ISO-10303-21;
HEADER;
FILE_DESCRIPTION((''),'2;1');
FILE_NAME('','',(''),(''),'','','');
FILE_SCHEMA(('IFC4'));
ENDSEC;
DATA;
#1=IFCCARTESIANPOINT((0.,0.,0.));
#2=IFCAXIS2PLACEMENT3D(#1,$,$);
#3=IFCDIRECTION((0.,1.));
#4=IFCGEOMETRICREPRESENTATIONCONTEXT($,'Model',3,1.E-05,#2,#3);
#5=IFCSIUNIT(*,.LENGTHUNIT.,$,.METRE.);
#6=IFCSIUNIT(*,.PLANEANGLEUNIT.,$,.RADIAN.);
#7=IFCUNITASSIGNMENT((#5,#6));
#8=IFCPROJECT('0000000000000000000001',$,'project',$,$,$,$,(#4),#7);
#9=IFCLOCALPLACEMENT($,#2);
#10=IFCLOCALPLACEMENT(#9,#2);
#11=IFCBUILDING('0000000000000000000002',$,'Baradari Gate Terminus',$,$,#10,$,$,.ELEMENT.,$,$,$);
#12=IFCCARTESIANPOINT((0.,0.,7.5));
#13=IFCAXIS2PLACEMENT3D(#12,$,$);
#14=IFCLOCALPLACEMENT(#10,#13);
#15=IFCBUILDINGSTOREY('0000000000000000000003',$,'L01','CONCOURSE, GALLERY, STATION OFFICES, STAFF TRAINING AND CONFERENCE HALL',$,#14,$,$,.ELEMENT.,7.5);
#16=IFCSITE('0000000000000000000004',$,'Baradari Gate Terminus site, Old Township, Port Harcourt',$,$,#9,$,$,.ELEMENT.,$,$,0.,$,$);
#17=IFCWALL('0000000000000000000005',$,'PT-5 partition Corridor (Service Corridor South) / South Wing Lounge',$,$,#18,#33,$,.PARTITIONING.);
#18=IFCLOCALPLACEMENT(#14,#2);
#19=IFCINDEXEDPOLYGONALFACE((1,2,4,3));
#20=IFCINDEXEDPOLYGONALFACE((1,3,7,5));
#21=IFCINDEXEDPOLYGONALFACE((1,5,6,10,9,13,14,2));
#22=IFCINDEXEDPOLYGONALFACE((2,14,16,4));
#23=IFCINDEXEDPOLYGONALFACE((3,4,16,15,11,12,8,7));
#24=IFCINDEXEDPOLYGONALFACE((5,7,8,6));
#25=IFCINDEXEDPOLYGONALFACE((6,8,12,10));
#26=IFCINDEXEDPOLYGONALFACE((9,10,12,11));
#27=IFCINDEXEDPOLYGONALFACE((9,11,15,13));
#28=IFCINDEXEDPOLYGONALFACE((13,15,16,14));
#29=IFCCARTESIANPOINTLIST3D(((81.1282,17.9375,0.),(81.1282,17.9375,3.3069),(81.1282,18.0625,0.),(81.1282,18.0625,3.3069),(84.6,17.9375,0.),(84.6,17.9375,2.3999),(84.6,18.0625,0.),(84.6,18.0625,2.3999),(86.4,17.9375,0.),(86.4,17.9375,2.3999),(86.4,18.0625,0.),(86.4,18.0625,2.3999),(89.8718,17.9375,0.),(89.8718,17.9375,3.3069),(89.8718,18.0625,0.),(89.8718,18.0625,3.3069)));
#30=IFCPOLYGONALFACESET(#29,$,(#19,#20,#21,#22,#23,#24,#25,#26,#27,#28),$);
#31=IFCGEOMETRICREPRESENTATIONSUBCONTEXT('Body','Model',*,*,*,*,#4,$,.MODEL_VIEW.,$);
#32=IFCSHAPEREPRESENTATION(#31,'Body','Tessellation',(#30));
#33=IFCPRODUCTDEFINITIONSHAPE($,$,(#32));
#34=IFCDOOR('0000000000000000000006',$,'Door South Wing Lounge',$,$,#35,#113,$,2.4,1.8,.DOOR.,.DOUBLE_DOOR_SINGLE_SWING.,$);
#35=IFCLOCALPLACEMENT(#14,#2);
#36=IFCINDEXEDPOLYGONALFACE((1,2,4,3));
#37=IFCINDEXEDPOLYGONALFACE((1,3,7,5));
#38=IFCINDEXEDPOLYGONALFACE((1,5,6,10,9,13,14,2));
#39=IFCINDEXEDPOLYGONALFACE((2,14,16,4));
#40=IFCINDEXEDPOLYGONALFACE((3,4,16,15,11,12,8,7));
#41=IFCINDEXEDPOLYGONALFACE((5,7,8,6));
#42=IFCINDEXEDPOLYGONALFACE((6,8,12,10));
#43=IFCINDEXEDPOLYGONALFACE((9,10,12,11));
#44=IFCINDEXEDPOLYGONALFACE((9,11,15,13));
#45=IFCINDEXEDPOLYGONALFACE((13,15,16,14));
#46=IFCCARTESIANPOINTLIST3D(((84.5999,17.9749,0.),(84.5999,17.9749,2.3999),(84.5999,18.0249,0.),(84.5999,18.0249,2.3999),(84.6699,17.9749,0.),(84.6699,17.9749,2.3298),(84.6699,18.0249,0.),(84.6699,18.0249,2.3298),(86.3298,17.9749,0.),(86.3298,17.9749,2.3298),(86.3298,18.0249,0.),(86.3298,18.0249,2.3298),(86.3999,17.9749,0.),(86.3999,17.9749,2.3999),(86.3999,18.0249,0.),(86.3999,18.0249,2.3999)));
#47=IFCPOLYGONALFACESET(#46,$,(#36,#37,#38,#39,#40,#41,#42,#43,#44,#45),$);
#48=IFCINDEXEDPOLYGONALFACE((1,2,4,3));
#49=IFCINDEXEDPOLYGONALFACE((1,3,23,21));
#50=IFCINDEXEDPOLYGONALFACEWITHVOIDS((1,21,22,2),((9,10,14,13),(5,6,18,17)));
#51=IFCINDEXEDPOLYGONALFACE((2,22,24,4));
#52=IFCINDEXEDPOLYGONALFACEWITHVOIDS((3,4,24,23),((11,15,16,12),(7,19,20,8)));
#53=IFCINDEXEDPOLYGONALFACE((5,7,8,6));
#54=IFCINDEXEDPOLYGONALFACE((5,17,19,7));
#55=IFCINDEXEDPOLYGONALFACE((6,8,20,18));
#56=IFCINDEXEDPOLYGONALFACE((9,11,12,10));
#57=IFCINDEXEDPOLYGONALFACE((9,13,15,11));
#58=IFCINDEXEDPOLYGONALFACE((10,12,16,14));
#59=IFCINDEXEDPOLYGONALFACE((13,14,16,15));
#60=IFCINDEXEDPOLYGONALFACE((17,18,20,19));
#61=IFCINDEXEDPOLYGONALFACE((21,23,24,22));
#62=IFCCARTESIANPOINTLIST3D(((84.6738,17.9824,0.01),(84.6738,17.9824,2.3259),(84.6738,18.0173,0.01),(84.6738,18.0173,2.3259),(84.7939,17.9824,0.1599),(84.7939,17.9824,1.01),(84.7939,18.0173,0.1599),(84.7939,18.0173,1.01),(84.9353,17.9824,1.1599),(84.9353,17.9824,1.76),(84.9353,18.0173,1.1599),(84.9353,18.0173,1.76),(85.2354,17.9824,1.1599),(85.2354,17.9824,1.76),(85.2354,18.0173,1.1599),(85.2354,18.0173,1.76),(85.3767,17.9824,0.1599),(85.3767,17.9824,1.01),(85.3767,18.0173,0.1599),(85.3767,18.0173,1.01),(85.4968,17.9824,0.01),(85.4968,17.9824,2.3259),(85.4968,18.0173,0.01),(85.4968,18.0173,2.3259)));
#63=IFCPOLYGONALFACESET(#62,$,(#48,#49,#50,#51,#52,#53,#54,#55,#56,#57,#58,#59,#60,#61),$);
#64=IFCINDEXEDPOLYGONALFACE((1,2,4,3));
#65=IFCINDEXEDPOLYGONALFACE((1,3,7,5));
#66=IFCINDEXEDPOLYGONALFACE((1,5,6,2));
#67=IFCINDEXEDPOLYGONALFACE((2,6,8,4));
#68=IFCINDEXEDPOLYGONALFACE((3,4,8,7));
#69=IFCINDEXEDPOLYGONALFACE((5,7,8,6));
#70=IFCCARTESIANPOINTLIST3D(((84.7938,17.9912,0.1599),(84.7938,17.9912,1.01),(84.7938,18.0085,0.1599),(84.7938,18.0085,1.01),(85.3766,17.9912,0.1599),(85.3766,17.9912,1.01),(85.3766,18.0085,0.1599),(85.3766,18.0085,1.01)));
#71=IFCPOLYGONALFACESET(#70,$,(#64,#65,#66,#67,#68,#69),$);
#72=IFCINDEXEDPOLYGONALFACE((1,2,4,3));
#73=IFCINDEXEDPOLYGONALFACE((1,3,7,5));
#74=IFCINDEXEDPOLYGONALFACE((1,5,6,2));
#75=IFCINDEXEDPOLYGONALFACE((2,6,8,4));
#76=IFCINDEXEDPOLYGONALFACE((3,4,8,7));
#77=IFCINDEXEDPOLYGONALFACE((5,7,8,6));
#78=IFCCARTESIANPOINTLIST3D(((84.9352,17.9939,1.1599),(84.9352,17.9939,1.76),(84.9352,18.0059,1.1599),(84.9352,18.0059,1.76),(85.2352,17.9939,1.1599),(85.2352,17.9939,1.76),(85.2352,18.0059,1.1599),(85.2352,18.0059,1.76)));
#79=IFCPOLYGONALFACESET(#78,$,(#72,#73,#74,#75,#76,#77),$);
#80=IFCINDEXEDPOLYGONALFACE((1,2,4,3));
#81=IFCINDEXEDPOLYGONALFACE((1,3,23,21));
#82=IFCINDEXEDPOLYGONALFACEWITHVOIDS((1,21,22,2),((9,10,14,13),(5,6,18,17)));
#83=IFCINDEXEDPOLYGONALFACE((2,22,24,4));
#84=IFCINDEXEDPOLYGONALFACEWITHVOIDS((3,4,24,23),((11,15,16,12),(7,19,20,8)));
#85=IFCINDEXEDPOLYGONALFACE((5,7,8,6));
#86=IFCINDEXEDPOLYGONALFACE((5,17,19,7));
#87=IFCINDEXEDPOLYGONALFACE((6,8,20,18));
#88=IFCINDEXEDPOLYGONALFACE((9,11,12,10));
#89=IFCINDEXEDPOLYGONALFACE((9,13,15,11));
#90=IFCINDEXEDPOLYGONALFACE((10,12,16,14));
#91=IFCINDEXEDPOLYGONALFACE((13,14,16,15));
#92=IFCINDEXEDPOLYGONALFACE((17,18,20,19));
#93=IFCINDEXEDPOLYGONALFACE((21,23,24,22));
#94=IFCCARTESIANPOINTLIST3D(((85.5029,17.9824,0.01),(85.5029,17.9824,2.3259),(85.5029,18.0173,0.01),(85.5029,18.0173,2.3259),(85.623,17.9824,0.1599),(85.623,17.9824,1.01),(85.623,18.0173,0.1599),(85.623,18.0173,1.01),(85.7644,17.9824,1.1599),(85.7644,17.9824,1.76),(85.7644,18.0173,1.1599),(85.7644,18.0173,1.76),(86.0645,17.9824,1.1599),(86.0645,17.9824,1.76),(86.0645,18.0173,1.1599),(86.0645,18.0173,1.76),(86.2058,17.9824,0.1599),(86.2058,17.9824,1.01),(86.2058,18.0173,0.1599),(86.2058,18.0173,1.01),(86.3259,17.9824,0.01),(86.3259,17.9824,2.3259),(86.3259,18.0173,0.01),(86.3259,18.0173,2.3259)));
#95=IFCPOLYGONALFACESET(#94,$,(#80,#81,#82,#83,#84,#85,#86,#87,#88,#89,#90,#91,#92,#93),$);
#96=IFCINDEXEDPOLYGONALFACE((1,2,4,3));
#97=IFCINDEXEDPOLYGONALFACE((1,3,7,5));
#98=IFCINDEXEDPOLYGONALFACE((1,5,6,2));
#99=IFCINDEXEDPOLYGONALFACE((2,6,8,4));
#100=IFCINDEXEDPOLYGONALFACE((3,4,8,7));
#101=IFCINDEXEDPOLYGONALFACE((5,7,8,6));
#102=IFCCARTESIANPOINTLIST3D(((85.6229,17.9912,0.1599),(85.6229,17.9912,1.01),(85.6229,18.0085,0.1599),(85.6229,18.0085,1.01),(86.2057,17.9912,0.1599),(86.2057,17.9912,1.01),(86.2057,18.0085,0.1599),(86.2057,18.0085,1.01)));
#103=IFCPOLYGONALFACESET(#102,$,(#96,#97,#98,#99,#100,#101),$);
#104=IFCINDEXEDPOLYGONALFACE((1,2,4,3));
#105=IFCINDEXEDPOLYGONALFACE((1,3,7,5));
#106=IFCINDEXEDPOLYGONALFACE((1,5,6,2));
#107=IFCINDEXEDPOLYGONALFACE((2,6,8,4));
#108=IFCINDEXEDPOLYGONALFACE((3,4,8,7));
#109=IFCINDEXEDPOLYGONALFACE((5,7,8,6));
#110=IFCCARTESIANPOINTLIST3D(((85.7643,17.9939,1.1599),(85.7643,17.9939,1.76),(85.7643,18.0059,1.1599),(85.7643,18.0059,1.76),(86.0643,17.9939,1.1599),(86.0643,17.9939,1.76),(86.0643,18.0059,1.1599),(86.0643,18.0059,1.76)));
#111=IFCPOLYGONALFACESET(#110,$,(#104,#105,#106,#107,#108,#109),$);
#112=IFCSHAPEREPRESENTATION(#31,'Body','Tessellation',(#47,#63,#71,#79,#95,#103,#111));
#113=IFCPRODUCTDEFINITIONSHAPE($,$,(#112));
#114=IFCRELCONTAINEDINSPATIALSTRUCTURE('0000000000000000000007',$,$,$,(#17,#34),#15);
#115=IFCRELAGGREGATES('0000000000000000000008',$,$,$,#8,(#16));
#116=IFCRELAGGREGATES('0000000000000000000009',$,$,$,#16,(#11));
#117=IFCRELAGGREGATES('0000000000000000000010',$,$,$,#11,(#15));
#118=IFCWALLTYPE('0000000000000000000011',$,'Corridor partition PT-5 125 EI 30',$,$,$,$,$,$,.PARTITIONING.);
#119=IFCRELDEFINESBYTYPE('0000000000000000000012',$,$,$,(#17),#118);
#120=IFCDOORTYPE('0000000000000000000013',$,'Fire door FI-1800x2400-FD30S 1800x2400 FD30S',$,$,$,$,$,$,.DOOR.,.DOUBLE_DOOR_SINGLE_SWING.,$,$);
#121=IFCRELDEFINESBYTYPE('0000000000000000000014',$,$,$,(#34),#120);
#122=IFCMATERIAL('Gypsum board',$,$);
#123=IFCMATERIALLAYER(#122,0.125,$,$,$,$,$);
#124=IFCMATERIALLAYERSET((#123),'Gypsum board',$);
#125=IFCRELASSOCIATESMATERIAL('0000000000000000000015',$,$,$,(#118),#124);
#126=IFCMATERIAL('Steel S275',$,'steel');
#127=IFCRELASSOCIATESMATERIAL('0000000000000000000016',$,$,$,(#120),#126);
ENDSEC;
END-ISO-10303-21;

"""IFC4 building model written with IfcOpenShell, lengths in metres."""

from ifc_helpers import new_model, si_unit, direction, frame, frame_2d, origin, place, context, subcontext, project, spatial, polyline, rectangle, outline, extrude, material, layer, layer_set, type_object, element, fill, save


model = new_model("IFC4")

# Units and contexts
model_context = context("Model", 3, precision=1e-05, world=origin(), true_north=direction((0.0, 1.0)))
body_context = subcontext(model_context, "Body", "Model", "MODEL_VIEW")
ifc_project = project(units=[si_unit("LENGTHUNIT", "METRE"), si_unit("PLANEANGLEUNIT", "RADIAN")], contexts=[model_context])

# Site, building, storey
site_placement = place(None, origin())
site = spatial("IfcSite", under=ifc_project, at=site_placement, Name="Baradari Gate Terminus site, Old Township, Port Harcourt", CompositionType="ELEMENT", RefElevation=0.0)
building_placement = place(site_placement, origin())
building = spatial("IfcBuilding", under=site, at=building_placement, Name="Baradari Gate Terminus", CompositionType="ELEMENT")
storey_placement = place(building_placement, frame((0.0, 0.0, 7.5)))
storey = spatial("IfcBuildingStorey", under=building, at=storey_placement, Name="L01", Description="CONCOURSE, GALLERY, STATION OFFICES, STAFF TRAINING AND CONFERENCE HALL", CompositionType="ELEMENT", Elevation=7.5)

# Wall, opening, door
ifc_material_1 = material(Name="Gypsum board")
ifc_layer_1 = layer(ifc_material_1, 0.125)
ifc_layer_set_1 = layer_set([ifc_layer_1], Name="Gypsum board")
wall_type_1 = type_object("IfcWallType", Name="Corridor partition PT-5 125 EI 30", PredefinedType="PARTITIONING", material=ifc_layer_set_1)
wall_1_placement = place(storey_placement, frame((89.8718, 18.0, 0.0), z_axis=(0.0, 0.0, 1.0), x_axis=(-1.0, 0.0, 0.0)))
wall_1 = element("IfcWall", 1, at=wall_1_placement, inside=storey, type_object=wall_type_1, Name="PT-5 partition Corridor (Service Corridor South) / South Wing Lounge", PredefinedType="PARTITIONING", context=body_context, shape_type="SweptSolid", body=[
    extrude(rectangle(XDim=8.7437, YDim=0.125, at=frame_2d((4.3718, 0.0))), origin(), (0.0, 0.0, 1.0), 3.3069),
])
opening_1_placement = place(wall_1_placement, frame((3.4719, 0.0, 0.0)))
opening_1 = element("IfcOpeningElement", 2, at=opening_1_placement, cuts=wall_1, PredefinedType="OPENING", context=body_context, shape_type="SweptSolid", body=[
    extrude(rectangle(XDim=1.8, YDim=2.3999, at=frame_2d((0.8999, 1.2))), frame((0.0, 0.0725, 0.0), z_axis=(0.0, -1.0, 0.0), x_axis=(1.0, 0.0, 0.0)), (0.0, 0.0, 1.0), 0.145),
])
ifc_material_2 = material(Name="Steel S275", Category="steel")
door_type = type_object("IfcDoorType", Name="Fire door FI-1800x2400-FD30S 1800x2400 FD30S", OperationType="DOUBLE_DOOR_SINGLE_SWING", PredefinedType="DOOR", material=ifc_material_2)
door_placement = place(opening_1_placement, frame((1.8, 0.0, 0.0), z_axis=(0.0, 0.0, 1.0), x_axis=(-1.0, 0.0, 0.0)))
door = element("IfcDoor", 3, at=door_placement, inside=storey, type_object=door_type, Name="Door South Wing Lounge", OperationType="DOUBLE_DOOR_SINGLE_SWING", OverallHeight=2.4, OverallWidth=1.8, PredefinedType="DOOR", context=body_context, shape_type="SweptSolid", body=[
    extrude(outline(polyline([(0.0, 0.0), (0.0701, 0.0), (0.0701, 2.3298), (1.73, 2.3298), (1.73, 0.0), (1.8, 0.0), (1.8, 2.3999), (0.0, 2.3999), (0.0, 0.0)])), frame((0.0, 0.0249, 0.0), z_axis=(0.0, -1.0, 0.0), x_axis=(1.0, 0.0, 0.0)), (0.0, 0.0, 1.0), 0.05),
    extrude(outline(polyline([(0.074, 0.01), (0.897, 0.01), (0.897, 2.3259), (0.074, 2.3259), (0.074, 0.01)]), holes=[polyline([(0.1941, 0.1599), (0.7769, 0.1599), (0.7769, 1.01), (0.1941, 1.01), (0.1941, 0.1599)]), polyline([(0.3354, 1.1599), (0.6355, 1.1599), (0.6355, 1.76), (0.3354, 1.76), (0.3354, 1.1599)])]), frame((0.0, 0.0173, 0.0), z_axis=(0.0, -1.0, 0.0), x_axis=(1.0, 0.0, 0.0)), (0.0, 0.0, 1.0), 0.0349),
    extrude(rectangle(XDim=0.5828, YDim=0.8501, at=frame_2d((0.4854, 0.585))), frame((0.0, 0.0085, 0.0), z_axis=(0.0, -1.0, 0.0), x_axis=(1.0, 0.0, 0.0)), (0.0, 0.0, 1.0), 0.0173),
    extrude(rectangle(XDim=0.3, YDim=0.6001, at=frame_2d((0.4854, 1.46))), frame((0.0, 0.0059, 0.0), z_axis=(0.0, -1.0, 0.0), x_axis=(1.0, 0.0, 0.0)), (0.0, 0.0, 1.0), 0.012),
    extrude(outline(polyline([(0.9031, 0.01), (1.7261, 0.01), (1.7261, 2.3259), (0.9031, 2.3259), (0.9031, 0.01)]), holes=[polyline([(1.0232, 0.1599), (1.606, 0.1599), (1.606, 1.01), (1.0232, 1.01), (1.0232, 0.1599)]), polyline([(1.1646, 1.1599), (1.4646, 1.1599), (1.4646, 1.76), (1.1646, 1.76), (1.1646, 1.1599)])]), frame((0.0, 0.0173, 0.0), z_axis=(0.0, -1.0, 0.0), x_axis=(1.0, 0.0, 0.0)), (0.0, 0.0, 1.0), 0.0349),
    extrude(rectangle(XDim=0.5828, YDim=0.8501, at=frame_2d((1.3145, 0.585))), frame((0.0, 0.0085, 0.0), z_axis=(0.0, -1.0, 0.0), x_axis=(1.0, 0.0, 0.0)), (0.0, 0.0, 1.0), 0.0173),
    extrude(rectangle(XDim=0.3, YDim=0.6001, at=frame_2d((1.3145, 1.46))), frame((0.0, 0.0059, 0.0), z_axis=(0.0, -1.0, 0.0), x_axis=(1.0, 0.0, 0.0)), (0.0, 0.0, 1.0), 0.012),
])
fill(opening_1, door)

save(model, "model.ifc")
